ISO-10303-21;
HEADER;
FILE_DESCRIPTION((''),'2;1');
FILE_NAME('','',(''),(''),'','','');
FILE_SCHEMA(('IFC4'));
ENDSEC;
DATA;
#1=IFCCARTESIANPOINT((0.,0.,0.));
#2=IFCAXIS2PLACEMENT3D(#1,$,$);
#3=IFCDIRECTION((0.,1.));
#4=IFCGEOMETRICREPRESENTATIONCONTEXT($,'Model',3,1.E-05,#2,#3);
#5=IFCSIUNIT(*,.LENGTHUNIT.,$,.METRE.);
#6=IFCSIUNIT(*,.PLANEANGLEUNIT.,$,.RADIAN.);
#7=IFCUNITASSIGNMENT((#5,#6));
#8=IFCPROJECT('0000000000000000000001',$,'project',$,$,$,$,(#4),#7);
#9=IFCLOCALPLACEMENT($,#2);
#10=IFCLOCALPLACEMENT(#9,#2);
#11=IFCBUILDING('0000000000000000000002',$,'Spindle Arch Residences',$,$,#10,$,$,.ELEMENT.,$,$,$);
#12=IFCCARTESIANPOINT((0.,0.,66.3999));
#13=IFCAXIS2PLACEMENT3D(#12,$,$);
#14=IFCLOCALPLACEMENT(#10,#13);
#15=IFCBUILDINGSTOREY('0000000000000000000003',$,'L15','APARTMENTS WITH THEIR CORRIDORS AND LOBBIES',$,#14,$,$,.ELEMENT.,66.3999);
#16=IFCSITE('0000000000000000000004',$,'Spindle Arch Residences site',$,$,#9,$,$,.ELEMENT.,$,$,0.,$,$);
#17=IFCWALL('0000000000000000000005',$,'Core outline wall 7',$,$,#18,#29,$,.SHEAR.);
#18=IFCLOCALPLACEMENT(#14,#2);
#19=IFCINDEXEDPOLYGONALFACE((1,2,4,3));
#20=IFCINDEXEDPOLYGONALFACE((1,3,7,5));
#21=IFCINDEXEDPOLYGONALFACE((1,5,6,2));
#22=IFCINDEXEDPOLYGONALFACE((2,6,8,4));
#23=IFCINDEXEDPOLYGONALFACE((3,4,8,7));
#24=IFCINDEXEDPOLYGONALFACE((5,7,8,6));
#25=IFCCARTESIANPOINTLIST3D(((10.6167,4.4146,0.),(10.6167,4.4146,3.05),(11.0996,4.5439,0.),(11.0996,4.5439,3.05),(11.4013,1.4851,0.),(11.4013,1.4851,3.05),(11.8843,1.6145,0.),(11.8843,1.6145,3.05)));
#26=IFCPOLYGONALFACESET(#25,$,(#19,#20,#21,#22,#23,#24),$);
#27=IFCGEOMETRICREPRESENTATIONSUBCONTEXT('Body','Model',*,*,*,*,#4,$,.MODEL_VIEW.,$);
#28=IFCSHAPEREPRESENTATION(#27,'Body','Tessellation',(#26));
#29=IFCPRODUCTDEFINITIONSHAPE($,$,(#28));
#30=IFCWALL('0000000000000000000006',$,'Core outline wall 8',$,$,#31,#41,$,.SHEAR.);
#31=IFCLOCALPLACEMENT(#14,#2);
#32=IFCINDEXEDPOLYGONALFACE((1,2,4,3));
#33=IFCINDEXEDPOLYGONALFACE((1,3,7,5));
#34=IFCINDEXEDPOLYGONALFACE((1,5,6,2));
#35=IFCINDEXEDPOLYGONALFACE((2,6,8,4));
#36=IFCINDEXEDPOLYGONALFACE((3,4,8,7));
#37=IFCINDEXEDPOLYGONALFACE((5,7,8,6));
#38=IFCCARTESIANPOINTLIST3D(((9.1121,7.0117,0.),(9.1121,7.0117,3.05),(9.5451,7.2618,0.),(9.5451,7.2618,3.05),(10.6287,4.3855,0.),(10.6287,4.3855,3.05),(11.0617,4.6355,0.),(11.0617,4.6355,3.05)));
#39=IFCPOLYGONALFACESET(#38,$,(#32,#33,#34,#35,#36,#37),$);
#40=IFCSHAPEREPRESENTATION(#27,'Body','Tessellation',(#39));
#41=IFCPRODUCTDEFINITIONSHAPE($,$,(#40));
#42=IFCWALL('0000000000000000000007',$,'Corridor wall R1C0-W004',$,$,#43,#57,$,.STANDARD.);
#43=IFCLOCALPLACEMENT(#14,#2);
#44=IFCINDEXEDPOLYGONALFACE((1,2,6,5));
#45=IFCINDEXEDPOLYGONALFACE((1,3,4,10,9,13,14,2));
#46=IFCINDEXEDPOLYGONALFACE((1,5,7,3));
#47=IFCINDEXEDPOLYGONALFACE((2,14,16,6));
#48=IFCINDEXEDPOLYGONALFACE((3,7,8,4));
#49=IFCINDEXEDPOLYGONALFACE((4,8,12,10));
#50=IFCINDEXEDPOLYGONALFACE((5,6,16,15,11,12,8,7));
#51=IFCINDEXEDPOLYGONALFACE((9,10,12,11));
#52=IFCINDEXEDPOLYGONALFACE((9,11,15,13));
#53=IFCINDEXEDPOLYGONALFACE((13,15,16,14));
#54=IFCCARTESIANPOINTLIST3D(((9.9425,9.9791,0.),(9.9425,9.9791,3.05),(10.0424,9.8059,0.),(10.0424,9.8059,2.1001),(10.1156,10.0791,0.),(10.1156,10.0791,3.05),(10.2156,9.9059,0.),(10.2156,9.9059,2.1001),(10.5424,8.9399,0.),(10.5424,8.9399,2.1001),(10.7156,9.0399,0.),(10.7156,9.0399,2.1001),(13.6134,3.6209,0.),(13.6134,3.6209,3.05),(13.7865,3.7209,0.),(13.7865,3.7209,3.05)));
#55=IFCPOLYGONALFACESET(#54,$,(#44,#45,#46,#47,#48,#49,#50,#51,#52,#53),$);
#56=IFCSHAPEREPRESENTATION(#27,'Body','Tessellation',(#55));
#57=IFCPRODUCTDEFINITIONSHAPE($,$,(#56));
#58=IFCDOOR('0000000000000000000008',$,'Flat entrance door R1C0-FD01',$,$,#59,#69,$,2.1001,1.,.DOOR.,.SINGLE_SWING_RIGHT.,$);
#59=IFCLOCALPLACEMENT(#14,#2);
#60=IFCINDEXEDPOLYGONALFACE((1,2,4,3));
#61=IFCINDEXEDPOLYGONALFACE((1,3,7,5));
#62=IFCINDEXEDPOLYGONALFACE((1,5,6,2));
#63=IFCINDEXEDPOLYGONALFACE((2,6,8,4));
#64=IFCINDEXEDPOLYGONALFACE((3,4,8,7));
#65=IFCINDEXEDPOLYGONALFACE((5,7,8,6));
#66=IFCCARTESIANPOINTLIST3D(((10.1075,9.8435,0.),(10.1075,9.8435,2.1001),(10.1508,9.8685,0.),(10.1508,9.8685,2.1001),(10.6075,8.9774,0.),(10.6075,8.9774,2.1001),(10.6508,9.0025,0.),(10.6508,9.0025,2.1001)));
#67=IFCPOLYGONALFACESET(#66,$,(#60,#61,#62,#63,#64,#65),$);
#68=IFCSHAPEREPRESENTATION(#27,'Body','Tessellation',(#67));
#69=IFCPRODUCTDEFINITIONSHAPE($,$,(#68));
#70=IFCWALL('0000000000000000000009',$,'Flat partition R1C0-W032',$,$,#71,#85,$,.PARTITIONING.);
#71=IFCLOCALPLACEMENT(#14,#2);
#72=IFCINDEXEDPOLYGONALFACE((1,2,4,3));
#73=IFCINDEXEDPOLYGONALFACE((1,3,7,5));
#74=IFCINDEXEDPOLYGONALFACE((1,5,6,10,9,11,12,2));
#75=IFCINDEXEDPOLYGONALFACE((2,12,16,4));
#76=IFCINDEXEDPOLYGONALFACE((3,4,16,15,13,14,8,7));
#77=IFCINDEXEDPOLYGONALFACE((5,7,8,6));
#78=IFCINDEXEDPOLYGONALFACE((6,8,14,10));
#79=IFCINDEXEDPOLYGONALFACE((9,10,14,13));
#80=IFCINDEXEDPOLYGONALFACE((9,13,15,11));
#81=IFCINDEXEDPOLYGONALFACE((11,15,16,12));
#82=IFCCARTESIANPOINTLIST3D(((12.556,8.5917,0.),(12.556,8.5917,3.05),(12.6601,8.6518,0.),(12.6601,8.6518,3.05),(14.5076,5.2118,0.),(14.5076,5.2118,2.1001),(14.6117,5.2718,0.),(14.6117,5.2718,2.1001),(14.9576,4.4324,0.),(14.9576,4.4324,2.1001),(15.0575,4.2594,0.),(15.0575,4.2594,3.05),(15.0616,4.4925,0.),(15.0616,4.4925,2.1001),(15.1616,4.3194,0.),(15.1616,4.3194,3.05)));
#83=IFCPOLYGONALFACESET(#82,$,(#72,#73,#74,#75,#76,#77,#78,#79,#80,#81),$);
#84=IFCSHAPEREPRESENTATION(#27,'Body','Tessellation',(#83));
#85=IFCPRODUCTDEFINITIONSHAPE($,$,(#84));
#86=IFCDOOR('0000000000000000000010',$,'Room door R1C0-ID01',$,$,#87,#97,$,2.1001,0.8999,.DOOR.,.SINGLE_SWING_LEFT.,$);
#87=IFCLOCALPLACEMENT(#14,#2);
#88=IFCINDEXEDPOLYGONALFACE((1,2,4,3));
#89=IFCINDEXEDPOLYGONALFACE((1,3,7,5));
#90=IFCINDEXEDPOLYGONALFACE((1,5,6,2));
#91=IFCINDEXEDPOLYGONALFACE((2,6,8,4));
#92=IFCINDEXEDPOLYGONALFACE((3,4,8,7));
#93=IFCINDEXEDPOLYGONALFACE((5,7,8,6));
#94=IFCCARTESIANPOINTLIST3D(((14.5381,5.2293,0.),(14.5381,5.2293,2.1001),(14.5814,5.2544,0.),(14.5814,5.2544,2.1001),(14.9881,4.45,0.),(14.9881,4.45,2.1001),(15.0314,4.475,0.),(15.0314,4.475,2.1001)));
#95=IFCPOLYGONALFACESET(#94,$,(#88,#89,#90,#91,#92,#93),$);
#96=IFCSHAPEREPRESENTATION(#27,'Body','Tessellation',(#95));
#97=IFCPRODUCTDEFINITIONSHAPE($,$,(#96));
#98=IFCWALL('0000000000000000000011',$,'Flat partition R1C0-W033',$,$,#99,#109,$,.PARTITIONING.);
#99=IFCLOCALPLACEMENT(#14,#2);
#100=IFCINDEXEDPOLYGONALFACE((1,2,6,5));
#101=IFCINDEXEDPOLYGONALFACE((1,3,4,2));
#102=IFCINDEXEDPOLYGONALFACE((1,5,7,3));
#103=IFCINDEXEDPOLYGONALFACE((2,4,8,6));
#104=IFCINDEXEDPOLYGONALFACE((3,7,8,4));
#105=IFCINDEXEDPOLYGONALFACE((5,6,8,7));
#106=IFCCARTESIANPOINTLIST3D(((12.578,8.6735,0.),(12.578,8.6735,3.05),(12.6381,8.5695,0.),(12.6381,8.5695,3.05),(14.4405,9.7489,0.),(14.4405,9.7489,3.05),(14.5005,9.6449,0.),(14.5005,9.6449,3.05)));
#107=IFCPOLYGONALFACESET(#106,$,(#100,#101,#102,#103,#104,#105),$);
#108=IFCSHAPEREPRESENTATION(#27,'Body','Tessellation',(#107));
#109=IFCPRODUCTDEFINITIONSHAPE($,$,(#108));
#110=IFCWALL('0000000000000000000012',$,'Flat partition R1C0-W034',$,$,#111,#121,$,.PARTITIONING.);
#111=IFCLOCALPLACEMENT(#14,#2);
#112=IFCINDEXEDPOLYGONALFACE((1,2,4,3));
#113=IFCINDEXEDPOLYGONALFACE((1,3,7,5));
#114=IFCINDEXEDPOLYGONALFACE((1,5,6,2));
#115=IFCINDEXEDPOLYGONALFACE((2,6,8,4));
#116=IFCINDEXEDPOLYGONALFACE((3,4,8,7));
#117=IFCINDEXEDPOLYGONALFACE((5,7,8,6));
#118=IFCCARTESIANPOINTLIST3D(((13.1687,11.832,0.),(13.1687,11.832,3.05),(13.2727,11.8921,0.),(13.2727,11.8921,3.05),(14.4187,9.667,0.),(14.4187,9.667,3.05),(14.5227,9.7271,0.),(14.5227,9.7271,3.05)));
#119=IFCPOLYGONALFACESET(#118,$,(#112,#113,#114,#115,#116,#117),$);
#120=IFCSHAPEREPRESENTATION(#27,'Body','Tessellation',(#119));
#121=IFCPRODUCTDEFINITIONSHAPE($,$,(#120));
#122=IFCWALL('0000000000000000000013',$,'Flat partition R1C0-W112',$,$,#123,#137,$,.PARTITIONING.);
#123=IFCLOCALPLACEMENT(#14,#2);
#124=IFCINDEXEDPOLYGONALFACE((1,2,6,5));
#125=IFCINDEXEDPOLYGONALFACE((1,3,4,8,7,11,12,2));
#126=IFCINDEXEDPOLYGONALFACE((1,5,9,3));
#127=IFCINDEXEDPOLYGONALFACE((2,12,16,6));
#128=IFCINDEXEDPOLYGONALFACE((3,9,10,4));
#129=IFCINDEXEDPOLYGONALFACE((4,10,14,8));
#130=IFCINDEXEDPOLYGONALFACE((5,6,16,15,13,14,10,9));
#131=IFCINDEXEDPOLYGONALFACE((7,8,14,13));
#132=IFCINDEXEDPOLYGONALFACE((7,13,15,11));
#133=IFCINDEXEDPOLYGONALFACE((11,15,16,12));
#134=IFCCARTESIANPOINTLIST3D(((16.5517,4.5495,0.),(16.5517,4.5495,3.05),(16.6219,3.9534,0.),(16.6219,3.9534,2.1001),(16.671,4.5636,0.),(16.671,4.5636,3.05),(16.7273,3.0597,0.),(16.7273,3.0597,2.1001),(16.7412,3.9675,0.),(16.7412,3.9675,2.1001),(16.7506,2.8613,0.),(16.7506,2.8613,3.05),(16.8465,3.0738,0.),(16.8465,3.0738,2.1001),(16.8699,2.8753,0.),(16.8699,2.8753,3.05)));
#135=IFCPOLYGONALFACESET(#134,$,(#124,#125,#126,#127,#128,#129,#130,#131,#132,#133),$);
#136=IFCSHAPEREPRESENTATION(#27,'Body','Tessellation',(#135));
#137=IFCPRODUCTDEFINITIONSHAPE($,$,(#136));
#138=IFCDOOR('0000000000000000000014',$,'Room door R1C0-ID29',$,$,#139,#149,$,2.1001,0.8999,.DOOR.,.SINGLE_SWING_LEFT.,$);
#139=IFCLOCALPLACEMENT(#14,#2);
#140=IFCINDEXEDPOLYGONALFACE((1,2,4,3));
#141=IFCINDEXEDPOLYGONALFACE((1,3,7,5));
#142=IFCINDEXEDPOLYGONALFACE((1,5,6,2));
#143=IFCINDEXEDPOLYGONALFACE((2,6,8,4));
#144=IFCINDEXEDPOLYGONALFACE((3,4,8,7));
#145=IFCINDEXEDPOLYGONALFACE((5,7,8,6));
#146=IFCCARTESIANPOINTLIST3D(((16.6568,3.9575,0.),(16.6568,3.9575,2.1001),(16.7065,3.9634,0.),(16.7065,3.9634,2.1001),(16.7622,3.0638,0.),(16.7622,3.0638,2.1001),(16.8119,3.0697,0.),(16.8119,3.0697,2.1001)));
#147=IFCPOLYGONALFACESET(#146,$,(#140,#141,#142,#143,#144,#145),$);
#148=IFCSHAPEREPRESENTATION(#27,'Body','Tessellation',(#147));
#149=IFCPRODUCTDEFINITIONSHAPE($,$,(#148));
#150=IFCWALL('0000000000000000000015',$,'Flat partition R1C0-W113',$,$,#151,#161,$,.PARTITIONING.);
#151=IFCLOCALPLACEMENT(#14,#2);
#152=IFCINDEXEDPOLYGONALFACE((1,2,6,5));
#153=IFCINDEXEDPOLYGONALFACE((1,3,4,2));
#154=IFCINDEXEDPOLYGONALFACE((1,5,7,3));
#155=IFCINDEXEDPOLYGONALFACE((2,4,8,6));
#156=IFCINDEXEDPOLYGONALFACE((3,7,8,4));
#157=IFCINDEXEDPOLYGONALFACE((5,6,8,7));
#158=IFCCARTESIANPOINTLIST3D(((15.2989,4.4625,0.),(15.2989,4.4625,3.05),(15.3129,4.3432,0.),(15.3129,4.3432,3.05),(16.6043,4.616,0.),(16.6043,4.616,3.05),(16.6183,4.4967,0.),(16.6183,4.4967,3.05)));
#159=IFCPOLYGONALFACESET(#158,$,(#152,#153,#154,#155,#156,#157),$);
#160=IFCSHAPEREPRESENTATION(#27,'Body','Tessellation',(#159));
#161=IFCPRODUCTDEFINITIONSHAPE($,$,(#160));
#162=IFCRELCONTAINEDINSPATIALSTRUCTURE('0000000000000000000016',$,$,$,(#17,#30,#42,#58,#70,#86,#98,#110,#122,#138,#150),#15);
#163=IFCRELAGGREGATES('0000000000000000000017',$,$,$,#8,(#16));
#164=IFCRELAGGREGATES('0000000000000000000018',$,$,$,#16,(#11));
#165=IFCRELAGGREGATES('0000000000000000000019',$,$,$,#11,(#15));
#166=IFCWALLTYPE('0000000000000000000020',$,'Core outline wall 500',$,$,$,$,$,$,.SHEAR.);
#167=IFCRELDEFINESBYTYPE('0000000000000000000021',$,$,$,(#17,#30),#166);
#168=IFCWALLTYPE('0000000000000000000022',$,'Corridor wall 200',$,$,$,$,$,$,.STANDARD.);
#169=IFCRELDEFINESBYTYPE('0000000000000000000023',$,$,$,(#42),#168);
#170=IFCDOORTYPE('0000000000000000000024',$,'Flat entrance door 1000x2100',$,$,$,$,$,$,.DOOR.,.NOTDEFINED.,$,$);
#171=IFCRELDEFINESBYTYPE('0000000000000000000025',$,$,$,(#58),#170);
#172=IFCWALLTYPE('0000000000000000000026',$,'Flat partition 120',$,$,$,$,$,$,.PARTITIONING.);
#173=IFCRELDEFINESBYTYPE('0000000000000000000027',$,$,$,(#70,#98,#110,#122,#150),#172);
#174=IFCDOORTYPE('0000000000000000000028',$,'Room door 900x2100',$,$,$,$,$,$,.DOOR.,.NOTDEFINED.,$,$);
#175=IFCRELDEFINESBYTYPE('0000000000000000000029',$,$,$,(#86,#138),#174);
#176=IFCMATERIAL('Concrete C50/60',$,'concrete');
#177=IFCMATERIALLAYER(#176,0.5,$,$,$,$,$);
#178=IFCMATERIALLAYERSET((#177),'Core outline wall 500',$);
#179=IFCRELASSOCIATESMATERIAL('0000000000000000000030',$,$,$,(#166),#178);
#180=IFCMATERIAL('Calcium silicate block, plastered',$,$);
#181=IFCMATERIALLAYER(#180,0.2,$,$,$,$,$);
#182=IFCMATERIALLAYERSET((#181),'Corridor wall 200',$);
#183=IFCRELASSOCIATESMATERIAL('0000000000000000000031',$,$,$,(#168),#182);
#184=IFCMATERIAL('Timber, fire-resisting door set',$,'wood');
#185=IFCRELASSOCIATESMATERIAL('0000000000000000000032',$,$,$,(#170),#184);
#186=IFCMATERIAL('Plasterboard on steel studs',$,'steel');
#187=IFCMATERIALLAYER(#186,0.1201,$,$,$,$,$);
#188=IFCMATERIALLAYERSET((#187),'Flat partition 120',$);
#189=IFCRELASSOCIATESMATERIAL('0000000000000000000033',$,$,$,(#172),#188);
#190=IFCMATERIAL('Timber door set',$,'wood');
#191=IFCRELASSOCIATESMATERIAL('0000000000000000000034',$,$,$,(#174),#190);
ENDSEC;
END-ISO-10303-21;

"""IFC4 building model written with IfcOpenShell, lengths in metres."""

from ifc_helpers import new_model, si_unit, direction, frame, frame_2d, origin, place, context, subcontext, project, spatial, rectangle, extrude, material, layer, layer_set, type_object, element, fill, save


model = new_model("IFC4")

# Units and contexts
model_context = context("Model", 3, precision=1e-05, world=origin(), true_north=direction((0.0, 1.0)))
body_context = subcontext(model_context, "Body", "Model", "MODEL_VIEW")
ifc_project = project(units=[si_unit("LENGTHUNIT", "METRE"), si_unit("PLANEANGLEUNIT", "RADIAN")], contexts=[model_context])

# Site, building, storey
site_placement = place(None, origin())
site = spatial("IfcSite", under=ifc_project, at=site_placement, Name="Spindle Arch Residences site", CompositionType="ELEMENT", RefElevation=0.0)
building_placement = place(site_placement, origin())
building = spatial("IfcBuilding", under=site, at=building_placement, Name="Spindle Arch Residences", CompositionType="ELEMENT")
storey_placement = place(building_placement, frame((0.0, 0.0, 66.3999)))
storey = spatial("IfcBuildingStorey", under=building, at=storey_placement, Name="L15", Description="APARTMENTS WITH THEIR CORRIDORS AND LOBBIES", CompositionType="ELEMENT", Elevation=66.3999)

# Walls
ifc_material_1 = material(Name="Concrete C50/60", Category="concrete")
ifc_layer_1 = layer(ifc_material_1, 0.5)
ifc_layer_set_1 = layer_set([ifc_layer_1], Name="Core outline wall 500")
wall_type_1 = type_object("IfcWallType", Name="Core outline wall 500", PredefinedType="SHEAR", material=ifc_layer_set_1)
for number, where, z_axis, x_axis, name in (
    (1, (11.6428, 1.5498, 0.0), (0.0, 0.0, 1.0), (-0.258735, 0.965948, 0.0), "Core outline wall 7"),
    (2, (10.8452, 4.5105, 0.0), (0.0, 0.0, 1.0), (-0.500087, 0.865975, 0.0), "Core outline wall 8"),
):
    element("IfcWall", number, at=place(storey_placement, frame(where, z_axis=z_axis, x_axis=x_axis)), inside=storey, type_object=wall_type_1, Name=name, PredefinedType="SHEAR", context=body_context, shape_type="SweptSolid", body=[
        extrude(rectangle(XDim=3.0327, YDim=0.5, at=frame_2d((1.5164, 0.0))), origin(), (0.0, 0.0, 1.0), 3.05),
    ])

# Walls, openings, doors
ifc_material_2 = material(Name="Calcium silicate block, plastered")
ifc_layer_2 = layer(ifc_material_2, 0.2)
ifc_layer_set_2 = layer_set([ifc_layer_2], Name="Corridor wall 200")
wall_type_2 = type_object("IfcWallType", Name="Corridor wall 200", PredefinedType="STANDARD", material=ifc_layer_set_2)
wall_1_placement = place(storey_placement, frame((13.7, 3.6709, 0.0), z_axis=(0.0, 0.0, 1.0), x_axis=(-0.500002, 0.866024, 0.0)))
wall_1 = element("IfcWall", 3, at=wall_1_placement, inside=storey, type_object=wall_type_2, Name="Corridor wall R1C0-W004", PredefinedType="STANDARD", context=body_context, shape_type="SweptSolid", body=[
    extrude(rectangle(XDim=7.3418, YDim=0.2, at=frame_2d((3.6709, 0.0))), origin(), (0.0, 0.0, 1.0), 3.05),
])
opening_1_placement = place(wall_1_placement, frame((6.1418, 0.0, 0.0)))
opening_1 = element("IfcOpeningElement", 4, at=opening_1_placement, cuts=wall_1, PredefinedType="OPENING", context=body_context, shape_type="SweptSolid", body=[
    extrude(rectangle(XDim=1.0, YDim=2.1001, at=frame_2d((0.5, 1.05))), frame((0.0, 0.1099, 0.0), z_axis=(0.0, -1.0, 0.0), x_axis=(1.0, 0.0, 0.0)), (0.0, 0.0, 1.0), 0.22),
])
ifc_material_3 = material(Name="Timber, fire-resisting door set", Category="wood")
door_type_1 = type_object("IfcDoorType", Name="Flat entrance door 1000x2100", OperationType="NOTDEFINED", PredefinedType="DOOR", material=ifc_material_3)
door_1_placement = place(opening_1_placement, origin())
door_1 = element("IfcDoor", 5, at=door_1_placement, inside=storey, type_object=door_type_1, Name="Flat entrance door R1C0-FD01", OperationType="SINGLE_SWING_RIGHT", OverallHeight=2.1001, OverallWidth=1.0, PredefinedType="DOOR", context=body_context, shape_type="SweptSolid", body=[
    extrude(rectangle(XDim=1.0, YDim=2.1001, at=frame_2d((0.5, 1.05))), frame((0.0, 0.0249, 0.0), z_axis=(0.0, -1.0, 0.0), x_axis=(1.0, 0.0, 0.0)), (0.0, 0.0, 1.0), 0.05),
])
fill(opening_1, door_1)
ifc_material_4 = material(Name="Plasterboard on steel studs", Category="steel")
ifc_layer_3 = layer(ifc_material_4, 0.1201)
ifc_layer_set_3 = layer_set([ifc_layer_3], Name="Flat partition 120")
wall_type_3 = type_object("IfcWallType", Name="Flat partition 120", PredefinedType="PARTITIONING", material=ifc_layer_set_3)
wall_2_placement = place(storey_placement, frame((15.1096, 4.2893, 0.0), z_axis=(0.0, 0.0, 1.0), x_axis=(-0.500034, 0.866006, 0.0)))
wall_2 = element("IfcWall", 6, at=wall_2_placement, inside=storey, type_object=wall_type_3, Name="Flat partition R1C0-W032", PredefinedType="PARTITIONING", context=body_context, shape_type="SweptSolid", body=[
    extrude(rectangle(XDim=5.0027, YDim=0.1201, at=frame_2d((2.5015, 0.0))), origin(), (0.0, 0.0, 1.0), 3.05),
])
opening_2_placement = place(wall_2_placement, frame((0.2, 0.0, 0.0)))
opening_2 = element("IfcOpeningElement", 7, at=opening_2_placement, cuts=wall_2, PredefinedType="OPENING", context=body_context, shape_type="SweptSolid", body=[
    extrude(rectangle(XDim=0.8999, YDim=2.1001, at=frame_2d((0.45, 1.05))), frame((0.0, 0.0701, 0.0), z_axis=(0.0, -1.0, 0.0), x_axis=(1.0, 0.0, 0.0)), (0.0, 0.0, 1.0), 0.1401),
])
ifc_material_5 = material(Name="Timber door set", Category="wood")
door_type_2 = type_object("IfcDoorType", Name="Room door 900x2100", OperationType="NOTDEFINED", PredefinedType="DOOR", material=ifc_material_5)
door_2_placement = place(opening_2_placement, origin())
door_2 = element("IfcDoor", 8, at=door_2_placement, inside=storey, type_object=door_type_2, Name="Room door R1C0-ID01", OperationType="SINGLE_SWING_LEFT", OverallHeight=2.1001, OverallWidth=0.8999, PredefinedType="DOOR", context=body_context, shape_type="SweptSolid", body=[
    extrude(rectangle(XDim=0.8999, YDim=2.1001, at=frame_2d((0.45, 1.05))), frame((0.0, 0.0249, 0.0), z_axis=(0.0, -1.0, 0.0), x_axis=(1.0, 0.0, 0.0)), (0.0, 0.0, 1.0), 0.05),
])
fill(opening_2, door_2)

# Walls
wall_3_placement = place(storey_placement, frame((12.6082, 8.6216, 0.0), z_axis=(0.0, 0.0, 1.0), x_axis=(0.866006, 0.500034, 0.0)))
element("IfcWall", 9, at=wall_3_placement, inside=storey, type_object=wall_type_3, Name="Flat partition R1C0-W033", PredefinedType="PARTITIONING", context=body_context, shape_type="SweptSolid", body=[
    extrude(rectangle(XDim=2.1506, YDim=0.1201, at=frame_2d((1.0752, 0.0))), origin(), (0.0, 0.0, 1.0), 3.05),
])
wall_4_placement = place(storey_placement, frame((14.4707, 9.697, 0.0), z_axis=(0.0, 0.0, 1.0), x_axis=(-0.500004, 0.866023, 0.0)))
element("IfcWall", 10, at=wall_4_placement, inside=storey, type_object=wall_type_3, Name="Flat partition R1C0-W034", PredefinedType="PARTITIONING", context=body_context, shape_type="SweptSolid", body=[
    extrude(rectangle(XDim=2.5, YDim=0.1201, at=frame_2d((1.25, 0.0))), origin(), (0.0, 0.0, 1.0), 3.05),
])

# Wall, opening, door
wall_5_placement = place(storey_placement, frame((16.8103, 2.8682, 0.0), z_axis=(0.0, 0.0, 1.0), x_axis=(-0.11705, 0.993126, 0.0)))
wall_5 = element("IfcWall", 11, at=wall_5_placement, inside=storey, type_object=wall_type_3, Name="Flat partition R1C0-W112", PredefinedType="PARTITIONING", context=body_context, shape_type="SweptSolid", body=[
    extrude(rectangle(XDim=1.7, YDim=0.1201, at=frame_2d((0.8501, 0.0))), origin(), (0.0, 0.0, 1.0), 3.05),
])
opening_3_placement = place(wall_5_placement, frame((0.2, 0.0, 0.0)))
opening_3 = element("IfcOpeningElement", 12, at=opening_3_placement, cuts=wall_5, PredefinedType="OPENING", context=body_context, shape_type="SweptSolid", body=[
    extrude(rectangle(XDim=0.8999, YDim=2.1001, at=frame_2d((0.45, 1.05))), frame((0.0, 0.0701, 0.0), z_axis=(0.0, -1.0, 0.0), x_axis=(1.0, 0.0, 0.0)), (0.0, 0.0, 1.0), 0.1401),
])
door_3_placement = place(opening_3_placement, origin())
door_3 = element("IfcDoor", 13, at=door_3_placement, inside=storey, type_object=door_type_2, Name="Room door R1C0-ID29", OperationType="SINGLE_SWING_LEFT", OverallHeight=2.1001, OverallWidth=0.8999, PredefinedType="DOOR", context=body_context, shape_type="SweptSolid", body=[
    extrude(rectangle(XDim=0.8999, YDim=2.1001, at=frame_2d((0.45, 1.05))), frame((0.0, 0.0249, 0.0), z_axis=(0.0, -1.0, 0.0), x_axis=(1.0, 0.0, 0.0)), (0.0, 0.0, 1.0), 0.05),
])
fill(opening_3, door_3)

# Wall
wall_6_placement = place(storey_placement, frame((16.6113, 4.5564, 0.0), z_axis=(0.0, 0.0, 1.0), x_axis=(-0.993152, -0.11683, 0.0)))
element("IfcWall", 14, at=wall_6_placement, inside=storey, type_object=wall_type_3, Name="Flat partition R1C0-W113", PredefinedType="PARTITIONING", context=body_context, shape_type="SweptSolid", body=[
    extrude(rectangle(XDim=1.3145, YDim=0.1201, at=frame_2d((0.6572, 0.0))), origin(), (0.0, 0.0, 1.0), 3.05),
])

save(model, "model.ifc")
